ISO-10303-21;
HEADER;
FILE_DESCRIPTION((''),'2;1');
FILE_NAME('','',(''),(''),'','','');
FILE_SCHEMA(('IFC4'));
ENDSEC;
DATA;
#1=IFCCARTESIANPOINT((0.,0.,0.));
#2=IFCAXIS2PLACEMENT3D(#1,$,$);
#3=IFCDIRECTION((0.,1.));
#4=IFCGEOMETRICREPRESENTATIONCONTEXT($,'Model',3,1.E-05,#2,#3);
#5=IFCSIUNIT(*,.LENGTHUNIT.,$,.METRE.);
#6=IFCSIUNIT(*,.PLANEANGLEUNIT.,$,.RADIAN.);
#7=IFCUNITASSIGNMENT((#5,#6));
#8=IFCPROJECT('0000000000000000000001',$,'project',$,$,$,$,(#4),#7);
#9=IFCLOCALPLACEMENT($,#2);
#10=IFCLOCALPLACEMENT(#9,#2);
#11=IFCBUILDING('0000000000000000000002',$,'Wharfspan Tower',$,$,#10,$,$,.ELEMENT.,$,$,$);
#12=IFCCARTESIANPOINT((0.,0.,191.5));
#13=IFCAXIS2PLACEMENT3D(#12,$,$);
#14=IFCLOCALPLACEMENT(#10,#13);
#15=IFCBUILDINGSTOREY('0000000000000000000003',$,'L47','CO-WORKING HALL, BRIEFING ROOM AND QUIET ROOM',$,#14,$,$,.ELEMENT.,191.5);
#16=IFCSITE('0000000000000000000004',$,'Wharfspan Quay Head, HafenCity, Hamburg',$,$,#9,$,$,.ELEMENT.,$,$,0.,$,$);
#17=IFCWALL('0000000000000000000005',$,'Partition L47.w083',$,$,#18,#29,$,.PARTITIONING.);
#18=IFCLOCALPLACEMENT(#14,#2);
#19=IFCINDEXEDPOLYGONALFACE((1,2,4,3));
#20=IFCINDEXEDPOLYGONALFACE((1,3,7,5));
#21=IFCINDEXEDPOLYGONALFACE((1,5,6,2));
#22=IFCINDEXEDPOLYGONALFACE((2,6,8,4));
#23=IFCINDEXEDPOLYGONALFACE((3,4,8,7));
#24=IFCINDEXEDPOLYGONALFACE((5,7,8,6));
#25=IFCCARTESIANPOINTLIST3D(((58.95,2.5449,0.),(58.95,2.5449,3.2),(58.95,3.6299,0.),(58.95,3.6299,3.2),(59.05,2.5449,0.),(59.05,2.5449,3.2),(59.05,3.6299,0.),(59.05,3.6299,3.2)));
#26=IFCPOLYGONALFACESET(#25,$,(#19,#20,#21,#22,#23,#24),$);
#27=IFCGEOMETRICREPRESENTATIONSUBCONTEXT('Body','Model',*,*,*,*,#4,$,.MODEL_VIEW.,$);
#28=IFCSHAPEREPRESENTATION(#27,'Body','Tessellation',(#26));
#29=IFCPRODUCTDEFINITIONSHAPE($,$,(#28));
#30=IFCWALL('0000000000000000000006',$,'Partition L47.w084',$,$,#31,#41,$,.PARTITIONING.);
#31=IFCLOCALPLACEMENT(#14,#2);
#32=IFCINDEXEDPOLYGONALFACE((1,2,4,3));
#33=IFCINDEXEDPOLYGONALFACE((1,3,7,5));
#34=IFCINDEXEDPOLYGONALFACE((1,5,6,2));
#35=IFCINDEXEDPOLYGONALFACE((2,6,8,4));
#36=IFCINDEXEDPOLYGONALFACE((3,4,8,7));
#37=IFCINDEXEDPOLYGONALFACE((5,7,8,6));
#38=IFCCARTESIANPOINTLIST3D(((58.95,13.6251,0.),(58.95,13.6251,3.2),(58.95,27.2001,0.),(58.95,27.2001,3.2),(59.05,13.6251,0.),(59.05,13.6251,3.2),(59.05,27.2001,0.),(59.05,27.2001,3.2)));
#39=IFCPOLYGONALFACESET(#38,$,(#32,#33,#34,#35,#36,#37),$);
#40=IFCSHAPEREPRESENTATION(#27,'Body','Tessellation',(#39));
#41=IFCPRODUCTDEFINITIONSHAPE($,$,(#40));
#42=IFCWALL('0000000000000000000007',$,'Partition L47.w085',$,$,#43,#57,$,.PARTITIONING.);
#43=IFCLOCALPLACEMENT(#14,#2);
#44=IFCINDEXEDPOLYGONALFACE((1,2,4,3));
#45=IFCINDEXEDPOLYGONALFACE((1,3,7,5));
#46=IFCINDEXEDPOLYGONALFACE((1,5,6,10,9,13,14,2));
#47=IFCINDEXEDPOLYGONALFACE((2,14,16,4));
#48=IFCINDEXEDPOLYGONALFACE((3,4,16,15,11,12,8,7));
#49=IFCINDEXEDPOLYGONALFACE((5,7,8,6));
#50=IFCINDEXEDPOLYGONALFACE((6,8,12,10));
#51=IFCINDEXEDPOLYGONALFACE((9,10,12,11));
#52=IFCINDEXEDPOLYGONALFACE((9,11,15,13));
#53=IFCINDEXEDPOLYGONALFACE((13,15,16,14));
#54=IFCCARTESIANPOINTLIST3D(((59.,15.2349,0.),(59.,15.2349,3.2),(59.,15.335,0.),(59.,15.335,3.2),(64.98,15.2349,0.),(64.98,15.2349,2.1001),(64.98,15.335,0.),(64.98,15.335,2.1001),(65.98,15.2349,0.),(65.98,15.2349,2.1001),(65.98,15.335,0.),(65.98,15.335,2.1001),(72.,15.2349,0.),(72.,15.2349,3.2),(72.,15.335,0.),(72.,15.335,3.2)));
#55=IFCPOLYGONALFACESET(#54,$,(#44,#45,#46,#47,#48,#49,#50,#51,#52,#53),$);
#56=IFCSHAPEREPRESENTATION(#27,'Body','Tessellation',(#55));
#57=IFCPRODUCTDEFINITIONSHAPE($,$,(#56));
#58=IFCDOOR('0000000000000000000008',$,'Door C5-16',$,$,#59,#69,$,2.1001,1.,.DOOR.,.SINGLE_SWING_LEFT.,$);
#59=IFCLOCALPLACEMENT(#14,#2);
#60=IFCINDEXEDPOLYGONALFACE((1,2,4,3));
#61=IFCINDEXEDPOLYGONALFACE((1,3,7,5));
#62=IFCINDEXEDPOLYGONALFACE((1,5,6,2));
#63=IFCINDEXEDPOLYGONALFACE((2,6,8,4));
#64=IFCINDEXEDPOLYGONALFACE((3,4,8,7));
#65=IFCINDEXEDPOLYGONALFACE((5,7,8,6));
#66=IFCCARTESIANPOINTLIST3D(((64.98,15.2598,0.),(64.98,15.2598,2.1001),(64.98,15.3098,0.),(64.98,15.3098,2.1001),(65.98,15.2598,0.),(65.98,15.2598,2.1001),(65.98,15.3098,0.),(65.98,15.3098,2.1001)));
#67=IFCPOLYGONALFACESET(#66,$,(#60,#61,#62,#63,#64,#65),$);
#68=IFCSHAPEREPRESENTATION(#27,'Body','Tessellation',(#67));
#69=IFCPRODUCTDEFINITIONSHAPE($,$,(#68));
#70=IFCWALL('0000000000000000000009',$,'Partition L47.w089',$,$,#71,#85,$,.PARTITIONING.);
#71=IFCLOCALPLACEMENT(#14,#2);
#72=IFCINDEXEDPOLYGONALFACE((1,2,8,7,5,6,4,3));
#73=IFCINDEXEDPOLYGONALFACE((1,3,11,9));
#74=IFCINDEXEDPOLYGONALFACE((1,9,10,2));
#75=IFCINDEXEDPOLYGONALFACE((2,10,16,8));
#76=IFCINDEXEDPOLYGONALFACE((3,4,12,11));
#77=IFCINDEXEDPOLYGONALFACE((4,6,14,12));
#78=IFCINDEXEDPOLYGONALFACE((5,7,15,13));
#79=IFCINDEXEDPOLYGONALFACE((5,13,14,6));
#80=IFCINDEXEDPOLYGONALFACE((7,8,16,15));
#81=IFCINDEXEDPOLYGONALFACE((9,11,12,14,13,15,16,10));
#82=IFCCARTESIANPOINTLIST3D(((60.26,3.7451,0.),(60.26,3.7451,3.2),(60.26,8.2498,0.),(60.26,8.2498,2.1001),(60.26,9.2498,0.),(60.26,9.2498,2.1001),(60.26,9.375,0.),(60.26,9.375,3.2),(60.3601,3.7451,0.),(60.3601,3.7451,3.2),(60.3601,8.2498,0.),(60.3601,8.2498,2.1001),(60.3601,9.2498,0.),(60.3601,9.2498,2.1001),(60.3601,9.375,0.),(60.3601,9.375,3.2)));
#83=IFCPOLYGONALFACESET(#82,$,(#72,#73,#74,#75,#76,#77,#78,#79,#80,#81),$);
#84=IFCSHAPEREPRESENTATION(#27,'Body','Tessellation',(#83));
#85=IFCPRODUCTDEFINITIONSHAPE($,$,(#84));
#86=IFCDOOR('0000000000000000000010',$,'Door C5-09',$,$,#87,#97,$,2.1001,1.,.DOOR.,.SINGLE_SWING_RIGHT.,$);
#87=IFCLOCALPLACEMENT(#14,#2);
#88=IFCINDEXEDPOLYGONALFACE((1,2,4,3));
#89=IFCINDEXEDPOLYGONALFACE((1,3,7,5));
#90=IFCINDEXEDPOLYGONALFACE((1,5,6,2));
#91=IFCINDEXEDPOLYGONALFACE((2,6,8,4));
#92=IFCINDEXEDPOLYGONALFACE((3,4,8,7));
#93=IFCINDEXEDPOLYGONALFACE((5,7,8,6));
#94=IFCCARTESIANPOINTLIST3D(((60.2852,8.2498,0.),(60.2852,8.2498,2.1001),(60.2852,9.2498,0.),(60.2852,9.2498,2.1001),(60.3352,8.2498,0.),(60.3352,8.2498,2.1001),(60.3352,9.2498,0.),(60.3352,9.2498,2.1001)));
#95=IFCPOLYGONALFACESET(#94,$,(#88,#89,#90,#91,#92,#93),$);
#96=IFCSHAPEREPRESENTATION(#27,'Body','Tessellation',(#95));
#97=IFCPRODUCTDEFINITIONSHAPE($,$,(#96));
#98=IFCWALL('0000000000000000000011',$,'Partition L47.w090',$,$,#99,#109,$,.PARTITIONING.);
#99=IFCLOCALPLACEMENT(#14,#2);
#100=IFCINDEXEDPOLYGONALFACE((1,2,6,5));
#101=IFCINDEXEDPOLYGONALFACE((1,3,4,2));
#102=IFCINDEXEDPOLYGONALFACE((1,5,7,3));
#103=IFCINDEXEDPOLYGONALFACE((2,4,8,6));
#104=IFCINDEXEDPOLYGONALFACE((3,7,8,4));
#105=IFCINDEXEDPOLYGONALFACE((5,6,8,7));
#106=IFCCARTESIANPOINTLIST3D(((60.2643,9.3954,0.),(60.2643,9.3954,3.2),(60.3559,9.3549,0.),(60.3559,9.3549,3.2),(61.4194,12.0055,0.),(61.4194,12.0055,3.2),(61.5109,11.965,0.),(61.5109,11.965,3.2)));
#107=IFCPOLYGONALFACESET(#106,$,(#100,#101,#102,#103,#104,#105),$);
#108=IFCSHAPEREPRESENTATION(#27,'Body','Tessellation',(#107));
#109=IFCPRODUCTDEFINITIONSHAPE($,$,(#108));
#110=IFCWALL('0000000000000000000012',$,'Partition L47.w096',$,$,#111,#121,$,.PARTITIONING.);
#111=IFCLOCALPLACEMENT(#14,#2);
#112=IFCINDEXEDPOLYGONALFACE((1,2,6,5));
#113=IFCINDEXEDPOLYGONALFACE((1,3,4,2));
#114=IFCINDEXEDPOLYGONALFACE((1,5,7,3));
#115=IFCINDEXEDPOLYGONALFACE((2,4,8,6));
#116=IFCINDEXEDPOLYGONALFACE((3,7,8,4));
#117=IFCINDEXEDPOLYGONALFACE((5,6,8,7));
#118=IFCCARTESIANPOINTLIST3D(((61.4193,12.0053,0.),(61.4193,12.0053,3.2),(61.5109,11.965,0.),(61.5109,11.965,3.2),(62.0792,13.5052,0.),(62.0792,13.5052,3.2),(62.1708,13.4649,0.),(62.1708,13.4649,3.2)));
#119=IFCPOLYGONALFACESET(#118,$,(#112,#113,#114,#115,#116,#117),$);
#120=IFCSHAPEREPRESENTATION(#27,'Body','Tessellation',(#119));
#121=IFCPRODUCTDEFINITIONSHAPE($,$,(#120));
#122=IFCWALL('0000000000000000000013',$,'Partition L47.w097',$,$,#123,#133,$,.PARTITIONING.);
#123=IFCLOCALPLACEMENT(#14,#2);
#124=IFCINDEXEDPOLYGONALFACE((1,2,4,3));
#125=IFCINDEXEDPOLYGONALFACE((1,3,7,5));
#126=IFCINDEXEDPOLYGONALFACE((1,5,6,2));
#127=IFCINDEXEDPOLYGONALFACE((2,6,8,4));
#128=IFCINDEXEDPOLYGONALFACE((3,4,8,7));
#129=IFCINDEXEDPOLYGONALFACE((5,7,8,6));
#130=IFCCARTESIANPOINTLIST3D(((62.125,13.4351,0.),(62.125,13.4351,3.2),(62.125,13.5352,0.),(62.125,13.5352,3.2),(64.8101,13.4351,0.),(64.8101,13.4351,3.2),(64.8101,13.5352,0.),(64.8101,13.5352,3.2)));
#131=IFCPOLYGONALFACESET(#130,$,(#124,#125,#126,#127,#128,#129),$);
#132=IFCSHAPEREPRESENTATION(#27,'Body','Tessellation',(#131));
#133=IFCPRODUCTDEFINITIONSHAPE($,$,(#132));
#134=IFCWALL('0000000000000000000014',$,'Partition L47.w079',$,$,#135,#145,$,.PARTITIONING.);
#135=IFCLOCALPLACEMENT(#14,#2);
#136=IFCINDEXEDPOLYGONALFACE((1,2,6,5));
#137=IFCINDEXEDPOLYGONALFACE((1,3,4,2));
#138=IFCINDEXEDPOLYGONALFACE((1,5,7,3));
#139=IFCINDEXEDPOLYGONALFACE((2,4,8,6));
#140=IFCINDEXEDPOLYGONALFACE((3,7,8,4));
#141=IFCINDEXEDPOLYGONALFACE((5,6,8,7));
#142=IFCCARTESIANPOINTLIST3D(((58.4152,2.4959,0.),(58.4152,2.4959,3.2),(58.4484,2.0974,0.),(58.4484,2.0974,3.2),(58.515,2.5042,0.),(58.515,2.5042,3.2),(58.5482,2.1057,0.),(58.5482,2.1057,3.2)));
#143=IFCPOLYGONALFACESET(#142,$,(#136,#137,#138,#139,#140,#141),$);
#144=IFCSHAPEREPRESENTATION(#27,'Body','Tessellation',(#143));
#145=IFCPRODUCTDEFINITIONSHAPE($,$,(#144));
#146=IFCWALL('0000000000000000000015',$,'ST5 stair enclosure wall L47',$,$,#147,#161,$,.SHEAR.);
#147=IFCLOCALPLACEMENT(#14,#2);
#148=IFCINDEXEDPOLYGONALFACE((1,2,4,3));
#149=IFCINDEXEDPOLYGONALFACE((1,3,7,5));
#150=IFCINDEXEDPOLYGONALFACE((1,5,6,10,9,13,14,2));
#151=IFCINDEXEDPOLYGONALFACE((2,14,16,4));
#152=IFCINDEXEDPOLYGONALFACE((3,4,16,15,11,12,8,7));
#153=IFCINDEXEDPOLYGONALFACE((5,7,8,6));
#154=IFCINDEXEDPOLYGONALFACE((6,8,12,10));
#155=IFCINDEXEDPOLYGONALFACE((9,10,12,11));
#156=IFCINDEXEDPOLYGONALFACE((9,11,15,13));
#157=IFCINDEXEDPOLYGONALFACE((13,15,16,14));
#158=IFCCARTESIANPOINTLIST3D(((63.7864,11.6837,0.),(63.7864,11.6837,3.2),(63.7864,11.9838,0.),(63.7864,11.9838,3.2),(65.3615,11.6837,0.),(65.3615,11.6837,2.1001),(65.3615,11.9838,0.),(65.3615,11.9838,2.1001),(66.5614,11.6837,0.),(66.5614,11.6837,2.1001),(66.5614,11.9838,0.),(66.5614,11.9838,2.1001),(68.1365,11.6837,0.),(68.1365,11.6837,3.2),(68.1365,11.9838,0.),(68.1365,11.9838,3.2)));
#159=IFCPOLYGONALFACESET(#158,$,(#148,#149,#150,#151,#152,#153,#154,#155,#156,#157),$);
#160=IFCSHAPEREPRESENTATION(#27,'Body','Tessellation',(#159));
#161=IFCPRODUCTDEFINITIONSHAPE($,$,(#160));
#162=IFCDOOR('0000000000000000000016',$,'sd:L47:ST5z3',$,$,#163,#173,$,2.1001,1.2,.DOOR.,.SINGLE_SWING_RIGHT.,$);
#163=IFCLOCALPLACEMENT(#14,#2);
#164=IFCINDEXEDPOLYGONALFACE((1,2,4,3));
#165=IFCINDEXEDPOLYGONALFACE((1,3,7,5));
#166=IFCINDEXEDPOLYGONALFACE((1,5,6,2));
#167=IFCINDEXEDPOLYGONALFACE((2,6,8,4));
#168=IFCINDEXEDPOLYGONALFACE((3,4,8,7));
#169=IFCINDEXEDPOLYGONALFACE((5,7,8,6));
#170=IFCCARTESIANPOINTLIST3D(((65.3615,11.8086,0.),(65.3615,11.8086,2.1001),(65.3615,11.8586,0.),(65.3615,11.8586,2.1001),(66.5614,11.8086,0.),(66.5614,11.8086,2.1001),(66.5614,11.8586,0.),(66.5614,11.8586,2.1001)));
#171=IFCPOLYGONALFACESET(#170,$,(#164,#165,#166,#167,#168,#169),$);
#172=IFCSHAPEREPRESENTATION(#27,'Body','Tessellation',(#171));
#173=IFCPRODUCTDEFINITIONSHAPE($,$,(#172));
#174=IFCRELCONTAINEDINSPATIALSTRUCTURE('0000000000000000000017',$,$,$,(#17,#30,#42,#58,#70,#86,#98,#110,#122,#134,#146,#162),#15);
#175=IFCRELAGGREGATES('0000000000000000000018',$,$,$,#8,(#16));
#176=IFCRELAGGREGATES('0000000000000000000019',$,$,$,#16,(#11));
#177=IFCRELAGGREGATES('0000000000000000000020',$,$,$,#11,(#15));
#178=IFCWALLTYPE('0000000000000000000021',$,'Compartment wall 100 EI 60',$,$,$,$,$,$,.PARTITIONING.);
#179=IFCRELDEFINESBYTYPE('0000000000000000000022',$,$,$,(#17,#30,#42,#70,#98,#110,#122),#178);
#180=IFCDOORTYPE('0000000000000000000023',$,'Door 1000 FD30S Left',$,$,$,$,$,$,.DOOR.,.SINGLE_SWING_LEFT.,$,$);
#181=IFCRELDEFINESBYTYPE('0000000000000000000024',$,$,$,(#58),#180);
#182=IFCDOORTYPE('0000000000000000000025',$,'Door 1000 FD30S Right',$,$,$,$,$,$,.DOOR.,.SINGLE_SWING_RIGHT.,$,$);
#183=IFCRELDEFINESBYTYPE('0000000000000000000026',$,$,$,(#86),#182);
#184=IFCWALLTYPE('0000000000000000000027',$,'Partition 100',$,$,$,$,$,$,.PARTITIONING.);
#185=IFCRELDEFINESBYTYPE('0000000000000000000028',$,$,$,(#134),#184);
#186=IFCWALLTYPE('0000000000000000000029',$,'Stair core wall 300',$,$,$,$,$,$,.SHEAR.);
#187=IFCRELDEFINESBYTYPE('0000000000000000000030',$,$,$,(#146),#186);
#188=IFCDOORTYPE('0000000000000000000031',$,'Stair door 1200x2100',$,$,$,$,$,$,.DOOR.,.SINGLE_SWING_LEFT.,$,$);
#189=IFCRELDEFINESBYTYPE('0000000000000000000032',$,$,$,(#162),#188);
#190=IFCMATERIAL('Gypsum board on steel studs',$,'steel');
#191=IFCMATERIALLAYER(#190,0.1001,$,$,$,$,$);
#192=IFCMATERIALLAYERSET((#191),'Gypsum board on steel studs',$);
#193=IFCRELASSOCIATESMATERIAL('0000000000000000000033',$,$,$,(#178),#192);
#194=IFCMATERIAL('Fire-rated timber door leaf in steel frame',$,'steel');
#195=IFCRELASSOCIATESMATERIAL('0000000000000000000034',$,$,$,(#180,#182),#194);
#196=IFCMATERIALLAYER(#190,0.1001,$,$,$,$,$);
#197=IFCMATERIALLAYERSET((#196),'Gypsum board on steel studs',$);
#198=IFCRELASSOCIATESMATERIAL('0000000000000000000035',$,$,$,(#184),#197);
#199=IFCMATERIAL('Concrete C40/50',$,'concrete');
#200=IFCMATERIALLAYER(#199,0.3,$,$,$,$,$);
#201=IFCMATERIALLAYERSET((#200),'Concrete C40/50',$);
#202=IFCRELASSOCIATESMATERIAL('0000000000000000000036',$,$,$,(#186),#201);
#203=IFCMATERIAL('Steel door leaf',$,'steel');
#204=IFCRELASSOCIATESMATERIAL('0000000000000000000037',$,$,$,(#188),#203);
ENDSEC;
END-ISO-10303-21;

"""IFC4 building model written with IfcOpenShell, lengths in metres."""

from ifc_helpers import new_model, si_unit, direction, frame, frame_2d, origin, place, context, subcontext, project, spatial, rectangle, extrude, material, layer, layer_set, type_object, element, fill, save


model = new_model("IFC4")

# Units and contexts
model_context = context("Model", 3, precision=1e-05, world=origin(), true_north=direction((0.0, 1.0)))
body_context = subcontext(model_context, "Body", "Model", "MODEL_VIEW")
ifc_project = project(units=[si_unit("LENGTHUNIT", "METRE"), si_unit("PLANEANGLEUNIT", "RADIAN")], contexts=[model_context])

# Site, building, storey
site_placement = place(None, origin())
site = spatial("IfcSite", under=ifc_project, at=site_placement, Name="Wharfspan Quay Head, HafenCity, Hamburg", CompositionType="ELEMENT", RefElevation=0.0)
building_placement = place(site_placement, origin())
building = spatial("IfcBuilding", under=site, at=building_placement, Name="Wharfspan Tower", CompositionType="ELEMENT")
storey_placement = place(building_placement, frame((0.0, 0.0, 191.5)))
storey = spatial("IfcBuildingStorey", under=building, at=storey_placement, Name="L47", Description="CO-WORKING HALL, BRIEFING ROOM AND QUIET ROOM", CompositionType="ELEMENT", Elevation=191.5)

# Walls
ifc_material_1 = material(Name="Gypsum board on steel studs", Category="steel")
ifc_layer_1 = layer(ifc_material_1, 0.1001)
ifc_layer_set_1 = layer_set([ifc_layer_1], Name="Gypsum board on steel studs")
wall_type_1 = type_object("IfcWallType", Name="Compartment wall 100 EI 60", PredefinedType="PARTITIONING", material=ifc_layer_set_1)
wall_1_placement = place(storey_placement, frame((59.0, 2.5449, 0.0), z_axis=(0.0, 0.0, 1.0), x_axis=(0.0, 1.0, 0.0)))
element("IfcWall", 1, at=wall_1_placement, inside=storey, type_object=wall_type_1, Name="Partition L47.w083", PredefinedType="PARTITIONING", context=body_context, shape_type="SweptSolid", body=[
    extrude(rectangle(XDim=1.085, YDim=0.1001, at=frame_2d((0.5425, 0.0))), origin(), (0.0, 0.0, 1.0), 3.2),
])
wall_2_placement = place(storey_placement, frame((59.0, 13.625, 0.0), z_axis=(0.0, 0.0, 1.0), x_axis=(0.0, 1.0, 0.0)))
element("IfcWall", 2, at=wall_2_placement, inside=storey, type_object=wall_type_1, Name="Partition L47.w084", PredefinedType="PARTITIONING", context=body_context, shape_type="SweptSolid", body=[
    extrude(rectangle(XDim=13.575, YDim=0.1001, at=frame_2d((6.7876, 0.0))), origin(), (0.0, 0.0, 1.0), 3.2),
])

# Walls, openings, doors
wall_3_placement = place(storey_placement, frame((59.0, 15.2849, 0.0), z_axis=(0.0, 0.0, 1.0), x_axis=(1.0, 0.0, 0.0)))
wall_3 = element("IfcWall", 3, at=wall_3_placement, inside=storey, type_object=wall_type_1, Name="Partition L47.w085", PredefinedType="PARTITIONING", context=body_context, shape_type="SweptSolid", body=[
    extrude(rectangle(XDim=13.0, YDim=0.1001, at=frame_2d((6.5, 0.0))), origin(), (0.0, 0.0, 1.0), 3.2),
])
opening_1_placement = place(wall_3_placement, frame((5.98, 0.0, 0.0)))
opening_1 = element("IfcOpeningElement", 4, at=opening_1_placement, cuts=wall_3, PredefinedType="OPENING", context=body_context, shape_type="SweptSolid", body=[
    extrude(rectangle(XDim=1.0, YDim=2.1001, at=frame_2d((0.5, 1.05))), frame((0.0, 0.0601, 0.0), z_axis=(0.0, -1.0, 0.0), x_axis=(1.0, 0.0, 0.0)), (0.0, 0.0, 1.0), 0.1201),
])
ifc_material_2 = material(Name="Fire-rated timber door leaf in steel frame", Category="steel")
door_type_1 = type_object("IfcDoorType", Name="Door 1000 FD30S Left", OperationType="SINGLE_SWING_LEFT", PredefinedType="DOOR", material=ifc_material_2)
door_1_placement = place(opening_1_placement, origin())
door_1 = element("IfcDoor", 5, at=door_1_placement, inside=storey, type_object=door_type_1, Name="Door C5-16", OperationType="SINGLE_SWING_LEFT", OverallHeight=2.1001, OverallWidth=1.0, PredefinedType="DOOR", context=body_context, shape_type="SweptSolid", body=[
    extrude(rectangle(XDim=1.0, YDim=2.1001, at=frame_2d((0.5, 1.05))), frame((0.0, 0.0249, 0.0), z_axis=(0.0, -1.0, 0.0), x_axis=(1.0, 0.0, 0.0)), (0.0, 0.0, 1.0), 0.05),
])
fill(opening_1, door_1)
wall_4_placement = place(storey_placement, frame((60.3101, 3.7451, 0.0), z_axis=(0.0, 0.0, 1.0), x_axis=(0.0, 1.0, 0.0)))
wall_4 = element("IfcWall", 6, at=wall_4_placement, inside=storey, type_object=wall_type_1, Name="Partition L47.w089", PredefinedType="PARTITIONING", context=body_context, shape_type="SweptSolid", body=[
    extrude(rectangle(XDim=5.6299, YDim=0.1001, at=frame_2d((2.8149, 0.0))), origin(), (0.0, 0.0, 1.0), 3.2),
])
opening_2_placement = place(wall_4_placement, frame((4.5046, 0.0, 0.0)))
opening_2 = element("IfcOpeningElement", 7, at=opening_2_placement, cuts=wall_4, PredefinedType="OPENING", context=body_context, shape_type="SweptSolid", body=[
    extrude(rectangle(XDim=1.0, YDim=2.1001, at=frame_2d((0.5, 1.05))), frame((0.0, 0.0601, 0.0), z_axis=(0.0, -1.0, 0.0), x_axis=(1.0, 0.0, 0.0)), (0.0, 0.0, 1.0), 0.1201),
])
door_type_2 = type_object("IfcDoorType", Name="Door 1000 FD30S Right", OperationType="SINGLE_SWING_RIGHT", PredefinedType="DOOR", material=ifc_material_2)
door_2_placement = place(opening_2_placement, origin())
door_2 = element("IfcDoor", 8, at=door_2_placement, inside=storey, type_object=door_type_2, Name="Door C5-09", OperationType="SINGLE_SWING_RIGHT", OverallHeight=2.1001, OverallWidth=1.0, PredefinedType="DOOR", context=body_context, shape_type="SweptSolid", body=[
    extrude(rectangle(XDim=1.0, YDim=2.1001, at=frame_2d((0.5, 1.05))), frame((0.0, 0.0249, 0.0), z_axis=(0.0, -1.0, 0.0), x_axis=(1.0, 0.0, 0.0)), (0.0, 0.0, 1.0), 0.05),
])
fill(opening_2, door_2)

# Walls
wall_5_placement = place(storey_placement, frame((60.3101, 9.375, 0.0), z_axis=(0.0, 0.0, 1.0), x_axis=(0.404668, 0.914459, 0.0)))
element("IfcWall", 9, at=wall_5_placement, inside=storey, type_object=wall_type_1, Name="Partition L47.w090", PredefinedType="PARTITIONING", context=body_context, shape_type="SweptSolid", body=[
    extrude(rectangle(XDim=2.8542, YDim=0.1001, at=frame_2d((1.4272, 0.0))), origin(), (0.0, 0.0, 1.0), 3.2),
])
wall_6_placement = place(storey_placement, frame((61.4651, 11.9851, 0.0), z_axis=(0.0, 0.0, 1.0), x_axis=(0.402692, 0.915331, 0.0)))
element("IfcWall", 10, at=wall_6_placement, inside=storey, type_object=wall_type_1, Name="Partition L47.w096", PredefinedType="PARTITIONING", context=body_context, shape_type="SweptSolid", body=[
    extrude(rectangle(XDim=1.6387, YDim=0.1001, at=frame_2d((0.8193, 0.0))), origin(), (0.0, 0.0, 1.0), 3.2),
])
wall_7_placement = place(storey_placement, frame((62.125, 13.4851, 0.0), z_axis=(0.0, 0.0, 1.0), x_axis=(1.0, 0.0, 0.0)))
element("IfcWall", 11, at=wall_7_placement, inside=storey, type_object=wall_type_1, Name="Partition L47.w097", PredefinedType="PARTITIONING", context=body_context, shape_type="SweptSolid", body=[
    extrude(rectangle(XDim=2.6851, YDim=0.1001, at=frame_2d((1.3425, 0.0))), origin(), (0.0, 0.0, 1.0), 3.2),
])
ifc_layer_2 = layer(ifc_material_1, 0.1001)
ifc_layer_set_2 = layer_set([ifc_layer_2], Name="Gypsum board on steel studs")
wall_type_2 = type_object("IfcWallType", Name="Partition 100", PredefinedType="PARTITIONING", material=ifc_layer_set_2)
wall_8_placement = place(storey_placement, frame((58.4983, 2.1016, 0.0), z_axis=(0.0, 0.0, 1.0), x_axis=(-0.083045, 0.996542, 0.0)))
element("IfcWall", 12, at=wall_8_placement, inside=storey, type_object=wall_type_2, Name="Partition L47.w079", PredefinedType="PARTITIONING", context=body_context, shape_type="SweptSolid", body=[
    extrude(rectangle(XDim=0.3999, YDim=0.1001, at=frame_2d((0.2, 0.0))), origin(), (0.0, 0.0, 1.0), 3.2),
])

# Wall, opening, door
ifc_material_3 = material(Name="Concrete C40/50", Category="concrete")
ifc_layer_3 = layer(ifc_material_3, 0.3)
ifc_layer_set_3 = layer_set([ifc_layer_3], Name="Concrete C40/50")
wall_type_3 = type_object("IfcWallType", Name="Stair core wall 300", PredefinedType="SHEAR", material=ifc_layer_set_3)
wall_9_placement = place(storey_placement, frame((63.7864, 11.8337, 0.0), z_axis=(0.0, 0.0, 1.0), x_axis=(1.0, 0.0, 0.0)))
wall_9 = element("IfcWall", 13, at=wall_9_placement, inside=storey, type_object=wall_type_3, Name="ST5 stair enclosure wall L47", PredefinedType="SHEAR", context=body_context, shape_type="SweptSolid", body=[
    extrude(rectangle(XDim=4.3501, YDim=0.3, at=frame_2d((2.175, 0.0))), origin(), (0.0, 0.0, 1.0), 3.2),
])
opening_3_placement = place(wall_9_placement, frame((1.575, 0.0, 0.0)))
opening_3 = element("IfcOpeningElement", 14, at=opening_3_placement, cuts=wall_9, PredefinedType="OPENING", context=body_context, shape_type="SweptSolid", body=[
    extrude(rectangle(XDim=1.2, YDim=2.1001, at=frame_2d((0.6001, 1.05))), frame((0.0, 0.1599, 0.0), z_axis=(0.0, -1.0, 0.0), x_axis=(1.0, 0.0, 0.0)), (0.0, 0.0, 1.0), 0.3201),
])
ifc_material_4 = material(Name="Steel door leaf", Category="steel")
door_type_3 = type_object("IfcDoorType", Name="Stair door 1200x2100", OperationType="SINGLE_SWING_LEFT", PredefinedType="DOOR", material=ifc_material_4)
door_3_placement = place(opening_3_placement, origin())
door_3 = element("IfcDoor", 15, at=door_3_placement, inside=storey, type_object=door_type_3, Name="sd:L47:ST5z3", OperationType="SINGLE_SWING_RIGHT", OverallHeight=2.1001, OverallWidth=1.2, PredefinedType="DOOR", context=body_context, shape_type="SweptSolid", body=[
    extrude(rectangle(XDim=1.2, YDim=2.1001, at=frame_2d((0.6001, 1.05))), frame((0.0, 0.0249, 0.0), z_axis=(0.0, -1.0, 0.0), x_axis=(1.0, 0.0, 0.0)), (0.0, 0.0, 1.0), 0.05),
])
fill(opening_3, door_3)

save(model, "model.ifc")
